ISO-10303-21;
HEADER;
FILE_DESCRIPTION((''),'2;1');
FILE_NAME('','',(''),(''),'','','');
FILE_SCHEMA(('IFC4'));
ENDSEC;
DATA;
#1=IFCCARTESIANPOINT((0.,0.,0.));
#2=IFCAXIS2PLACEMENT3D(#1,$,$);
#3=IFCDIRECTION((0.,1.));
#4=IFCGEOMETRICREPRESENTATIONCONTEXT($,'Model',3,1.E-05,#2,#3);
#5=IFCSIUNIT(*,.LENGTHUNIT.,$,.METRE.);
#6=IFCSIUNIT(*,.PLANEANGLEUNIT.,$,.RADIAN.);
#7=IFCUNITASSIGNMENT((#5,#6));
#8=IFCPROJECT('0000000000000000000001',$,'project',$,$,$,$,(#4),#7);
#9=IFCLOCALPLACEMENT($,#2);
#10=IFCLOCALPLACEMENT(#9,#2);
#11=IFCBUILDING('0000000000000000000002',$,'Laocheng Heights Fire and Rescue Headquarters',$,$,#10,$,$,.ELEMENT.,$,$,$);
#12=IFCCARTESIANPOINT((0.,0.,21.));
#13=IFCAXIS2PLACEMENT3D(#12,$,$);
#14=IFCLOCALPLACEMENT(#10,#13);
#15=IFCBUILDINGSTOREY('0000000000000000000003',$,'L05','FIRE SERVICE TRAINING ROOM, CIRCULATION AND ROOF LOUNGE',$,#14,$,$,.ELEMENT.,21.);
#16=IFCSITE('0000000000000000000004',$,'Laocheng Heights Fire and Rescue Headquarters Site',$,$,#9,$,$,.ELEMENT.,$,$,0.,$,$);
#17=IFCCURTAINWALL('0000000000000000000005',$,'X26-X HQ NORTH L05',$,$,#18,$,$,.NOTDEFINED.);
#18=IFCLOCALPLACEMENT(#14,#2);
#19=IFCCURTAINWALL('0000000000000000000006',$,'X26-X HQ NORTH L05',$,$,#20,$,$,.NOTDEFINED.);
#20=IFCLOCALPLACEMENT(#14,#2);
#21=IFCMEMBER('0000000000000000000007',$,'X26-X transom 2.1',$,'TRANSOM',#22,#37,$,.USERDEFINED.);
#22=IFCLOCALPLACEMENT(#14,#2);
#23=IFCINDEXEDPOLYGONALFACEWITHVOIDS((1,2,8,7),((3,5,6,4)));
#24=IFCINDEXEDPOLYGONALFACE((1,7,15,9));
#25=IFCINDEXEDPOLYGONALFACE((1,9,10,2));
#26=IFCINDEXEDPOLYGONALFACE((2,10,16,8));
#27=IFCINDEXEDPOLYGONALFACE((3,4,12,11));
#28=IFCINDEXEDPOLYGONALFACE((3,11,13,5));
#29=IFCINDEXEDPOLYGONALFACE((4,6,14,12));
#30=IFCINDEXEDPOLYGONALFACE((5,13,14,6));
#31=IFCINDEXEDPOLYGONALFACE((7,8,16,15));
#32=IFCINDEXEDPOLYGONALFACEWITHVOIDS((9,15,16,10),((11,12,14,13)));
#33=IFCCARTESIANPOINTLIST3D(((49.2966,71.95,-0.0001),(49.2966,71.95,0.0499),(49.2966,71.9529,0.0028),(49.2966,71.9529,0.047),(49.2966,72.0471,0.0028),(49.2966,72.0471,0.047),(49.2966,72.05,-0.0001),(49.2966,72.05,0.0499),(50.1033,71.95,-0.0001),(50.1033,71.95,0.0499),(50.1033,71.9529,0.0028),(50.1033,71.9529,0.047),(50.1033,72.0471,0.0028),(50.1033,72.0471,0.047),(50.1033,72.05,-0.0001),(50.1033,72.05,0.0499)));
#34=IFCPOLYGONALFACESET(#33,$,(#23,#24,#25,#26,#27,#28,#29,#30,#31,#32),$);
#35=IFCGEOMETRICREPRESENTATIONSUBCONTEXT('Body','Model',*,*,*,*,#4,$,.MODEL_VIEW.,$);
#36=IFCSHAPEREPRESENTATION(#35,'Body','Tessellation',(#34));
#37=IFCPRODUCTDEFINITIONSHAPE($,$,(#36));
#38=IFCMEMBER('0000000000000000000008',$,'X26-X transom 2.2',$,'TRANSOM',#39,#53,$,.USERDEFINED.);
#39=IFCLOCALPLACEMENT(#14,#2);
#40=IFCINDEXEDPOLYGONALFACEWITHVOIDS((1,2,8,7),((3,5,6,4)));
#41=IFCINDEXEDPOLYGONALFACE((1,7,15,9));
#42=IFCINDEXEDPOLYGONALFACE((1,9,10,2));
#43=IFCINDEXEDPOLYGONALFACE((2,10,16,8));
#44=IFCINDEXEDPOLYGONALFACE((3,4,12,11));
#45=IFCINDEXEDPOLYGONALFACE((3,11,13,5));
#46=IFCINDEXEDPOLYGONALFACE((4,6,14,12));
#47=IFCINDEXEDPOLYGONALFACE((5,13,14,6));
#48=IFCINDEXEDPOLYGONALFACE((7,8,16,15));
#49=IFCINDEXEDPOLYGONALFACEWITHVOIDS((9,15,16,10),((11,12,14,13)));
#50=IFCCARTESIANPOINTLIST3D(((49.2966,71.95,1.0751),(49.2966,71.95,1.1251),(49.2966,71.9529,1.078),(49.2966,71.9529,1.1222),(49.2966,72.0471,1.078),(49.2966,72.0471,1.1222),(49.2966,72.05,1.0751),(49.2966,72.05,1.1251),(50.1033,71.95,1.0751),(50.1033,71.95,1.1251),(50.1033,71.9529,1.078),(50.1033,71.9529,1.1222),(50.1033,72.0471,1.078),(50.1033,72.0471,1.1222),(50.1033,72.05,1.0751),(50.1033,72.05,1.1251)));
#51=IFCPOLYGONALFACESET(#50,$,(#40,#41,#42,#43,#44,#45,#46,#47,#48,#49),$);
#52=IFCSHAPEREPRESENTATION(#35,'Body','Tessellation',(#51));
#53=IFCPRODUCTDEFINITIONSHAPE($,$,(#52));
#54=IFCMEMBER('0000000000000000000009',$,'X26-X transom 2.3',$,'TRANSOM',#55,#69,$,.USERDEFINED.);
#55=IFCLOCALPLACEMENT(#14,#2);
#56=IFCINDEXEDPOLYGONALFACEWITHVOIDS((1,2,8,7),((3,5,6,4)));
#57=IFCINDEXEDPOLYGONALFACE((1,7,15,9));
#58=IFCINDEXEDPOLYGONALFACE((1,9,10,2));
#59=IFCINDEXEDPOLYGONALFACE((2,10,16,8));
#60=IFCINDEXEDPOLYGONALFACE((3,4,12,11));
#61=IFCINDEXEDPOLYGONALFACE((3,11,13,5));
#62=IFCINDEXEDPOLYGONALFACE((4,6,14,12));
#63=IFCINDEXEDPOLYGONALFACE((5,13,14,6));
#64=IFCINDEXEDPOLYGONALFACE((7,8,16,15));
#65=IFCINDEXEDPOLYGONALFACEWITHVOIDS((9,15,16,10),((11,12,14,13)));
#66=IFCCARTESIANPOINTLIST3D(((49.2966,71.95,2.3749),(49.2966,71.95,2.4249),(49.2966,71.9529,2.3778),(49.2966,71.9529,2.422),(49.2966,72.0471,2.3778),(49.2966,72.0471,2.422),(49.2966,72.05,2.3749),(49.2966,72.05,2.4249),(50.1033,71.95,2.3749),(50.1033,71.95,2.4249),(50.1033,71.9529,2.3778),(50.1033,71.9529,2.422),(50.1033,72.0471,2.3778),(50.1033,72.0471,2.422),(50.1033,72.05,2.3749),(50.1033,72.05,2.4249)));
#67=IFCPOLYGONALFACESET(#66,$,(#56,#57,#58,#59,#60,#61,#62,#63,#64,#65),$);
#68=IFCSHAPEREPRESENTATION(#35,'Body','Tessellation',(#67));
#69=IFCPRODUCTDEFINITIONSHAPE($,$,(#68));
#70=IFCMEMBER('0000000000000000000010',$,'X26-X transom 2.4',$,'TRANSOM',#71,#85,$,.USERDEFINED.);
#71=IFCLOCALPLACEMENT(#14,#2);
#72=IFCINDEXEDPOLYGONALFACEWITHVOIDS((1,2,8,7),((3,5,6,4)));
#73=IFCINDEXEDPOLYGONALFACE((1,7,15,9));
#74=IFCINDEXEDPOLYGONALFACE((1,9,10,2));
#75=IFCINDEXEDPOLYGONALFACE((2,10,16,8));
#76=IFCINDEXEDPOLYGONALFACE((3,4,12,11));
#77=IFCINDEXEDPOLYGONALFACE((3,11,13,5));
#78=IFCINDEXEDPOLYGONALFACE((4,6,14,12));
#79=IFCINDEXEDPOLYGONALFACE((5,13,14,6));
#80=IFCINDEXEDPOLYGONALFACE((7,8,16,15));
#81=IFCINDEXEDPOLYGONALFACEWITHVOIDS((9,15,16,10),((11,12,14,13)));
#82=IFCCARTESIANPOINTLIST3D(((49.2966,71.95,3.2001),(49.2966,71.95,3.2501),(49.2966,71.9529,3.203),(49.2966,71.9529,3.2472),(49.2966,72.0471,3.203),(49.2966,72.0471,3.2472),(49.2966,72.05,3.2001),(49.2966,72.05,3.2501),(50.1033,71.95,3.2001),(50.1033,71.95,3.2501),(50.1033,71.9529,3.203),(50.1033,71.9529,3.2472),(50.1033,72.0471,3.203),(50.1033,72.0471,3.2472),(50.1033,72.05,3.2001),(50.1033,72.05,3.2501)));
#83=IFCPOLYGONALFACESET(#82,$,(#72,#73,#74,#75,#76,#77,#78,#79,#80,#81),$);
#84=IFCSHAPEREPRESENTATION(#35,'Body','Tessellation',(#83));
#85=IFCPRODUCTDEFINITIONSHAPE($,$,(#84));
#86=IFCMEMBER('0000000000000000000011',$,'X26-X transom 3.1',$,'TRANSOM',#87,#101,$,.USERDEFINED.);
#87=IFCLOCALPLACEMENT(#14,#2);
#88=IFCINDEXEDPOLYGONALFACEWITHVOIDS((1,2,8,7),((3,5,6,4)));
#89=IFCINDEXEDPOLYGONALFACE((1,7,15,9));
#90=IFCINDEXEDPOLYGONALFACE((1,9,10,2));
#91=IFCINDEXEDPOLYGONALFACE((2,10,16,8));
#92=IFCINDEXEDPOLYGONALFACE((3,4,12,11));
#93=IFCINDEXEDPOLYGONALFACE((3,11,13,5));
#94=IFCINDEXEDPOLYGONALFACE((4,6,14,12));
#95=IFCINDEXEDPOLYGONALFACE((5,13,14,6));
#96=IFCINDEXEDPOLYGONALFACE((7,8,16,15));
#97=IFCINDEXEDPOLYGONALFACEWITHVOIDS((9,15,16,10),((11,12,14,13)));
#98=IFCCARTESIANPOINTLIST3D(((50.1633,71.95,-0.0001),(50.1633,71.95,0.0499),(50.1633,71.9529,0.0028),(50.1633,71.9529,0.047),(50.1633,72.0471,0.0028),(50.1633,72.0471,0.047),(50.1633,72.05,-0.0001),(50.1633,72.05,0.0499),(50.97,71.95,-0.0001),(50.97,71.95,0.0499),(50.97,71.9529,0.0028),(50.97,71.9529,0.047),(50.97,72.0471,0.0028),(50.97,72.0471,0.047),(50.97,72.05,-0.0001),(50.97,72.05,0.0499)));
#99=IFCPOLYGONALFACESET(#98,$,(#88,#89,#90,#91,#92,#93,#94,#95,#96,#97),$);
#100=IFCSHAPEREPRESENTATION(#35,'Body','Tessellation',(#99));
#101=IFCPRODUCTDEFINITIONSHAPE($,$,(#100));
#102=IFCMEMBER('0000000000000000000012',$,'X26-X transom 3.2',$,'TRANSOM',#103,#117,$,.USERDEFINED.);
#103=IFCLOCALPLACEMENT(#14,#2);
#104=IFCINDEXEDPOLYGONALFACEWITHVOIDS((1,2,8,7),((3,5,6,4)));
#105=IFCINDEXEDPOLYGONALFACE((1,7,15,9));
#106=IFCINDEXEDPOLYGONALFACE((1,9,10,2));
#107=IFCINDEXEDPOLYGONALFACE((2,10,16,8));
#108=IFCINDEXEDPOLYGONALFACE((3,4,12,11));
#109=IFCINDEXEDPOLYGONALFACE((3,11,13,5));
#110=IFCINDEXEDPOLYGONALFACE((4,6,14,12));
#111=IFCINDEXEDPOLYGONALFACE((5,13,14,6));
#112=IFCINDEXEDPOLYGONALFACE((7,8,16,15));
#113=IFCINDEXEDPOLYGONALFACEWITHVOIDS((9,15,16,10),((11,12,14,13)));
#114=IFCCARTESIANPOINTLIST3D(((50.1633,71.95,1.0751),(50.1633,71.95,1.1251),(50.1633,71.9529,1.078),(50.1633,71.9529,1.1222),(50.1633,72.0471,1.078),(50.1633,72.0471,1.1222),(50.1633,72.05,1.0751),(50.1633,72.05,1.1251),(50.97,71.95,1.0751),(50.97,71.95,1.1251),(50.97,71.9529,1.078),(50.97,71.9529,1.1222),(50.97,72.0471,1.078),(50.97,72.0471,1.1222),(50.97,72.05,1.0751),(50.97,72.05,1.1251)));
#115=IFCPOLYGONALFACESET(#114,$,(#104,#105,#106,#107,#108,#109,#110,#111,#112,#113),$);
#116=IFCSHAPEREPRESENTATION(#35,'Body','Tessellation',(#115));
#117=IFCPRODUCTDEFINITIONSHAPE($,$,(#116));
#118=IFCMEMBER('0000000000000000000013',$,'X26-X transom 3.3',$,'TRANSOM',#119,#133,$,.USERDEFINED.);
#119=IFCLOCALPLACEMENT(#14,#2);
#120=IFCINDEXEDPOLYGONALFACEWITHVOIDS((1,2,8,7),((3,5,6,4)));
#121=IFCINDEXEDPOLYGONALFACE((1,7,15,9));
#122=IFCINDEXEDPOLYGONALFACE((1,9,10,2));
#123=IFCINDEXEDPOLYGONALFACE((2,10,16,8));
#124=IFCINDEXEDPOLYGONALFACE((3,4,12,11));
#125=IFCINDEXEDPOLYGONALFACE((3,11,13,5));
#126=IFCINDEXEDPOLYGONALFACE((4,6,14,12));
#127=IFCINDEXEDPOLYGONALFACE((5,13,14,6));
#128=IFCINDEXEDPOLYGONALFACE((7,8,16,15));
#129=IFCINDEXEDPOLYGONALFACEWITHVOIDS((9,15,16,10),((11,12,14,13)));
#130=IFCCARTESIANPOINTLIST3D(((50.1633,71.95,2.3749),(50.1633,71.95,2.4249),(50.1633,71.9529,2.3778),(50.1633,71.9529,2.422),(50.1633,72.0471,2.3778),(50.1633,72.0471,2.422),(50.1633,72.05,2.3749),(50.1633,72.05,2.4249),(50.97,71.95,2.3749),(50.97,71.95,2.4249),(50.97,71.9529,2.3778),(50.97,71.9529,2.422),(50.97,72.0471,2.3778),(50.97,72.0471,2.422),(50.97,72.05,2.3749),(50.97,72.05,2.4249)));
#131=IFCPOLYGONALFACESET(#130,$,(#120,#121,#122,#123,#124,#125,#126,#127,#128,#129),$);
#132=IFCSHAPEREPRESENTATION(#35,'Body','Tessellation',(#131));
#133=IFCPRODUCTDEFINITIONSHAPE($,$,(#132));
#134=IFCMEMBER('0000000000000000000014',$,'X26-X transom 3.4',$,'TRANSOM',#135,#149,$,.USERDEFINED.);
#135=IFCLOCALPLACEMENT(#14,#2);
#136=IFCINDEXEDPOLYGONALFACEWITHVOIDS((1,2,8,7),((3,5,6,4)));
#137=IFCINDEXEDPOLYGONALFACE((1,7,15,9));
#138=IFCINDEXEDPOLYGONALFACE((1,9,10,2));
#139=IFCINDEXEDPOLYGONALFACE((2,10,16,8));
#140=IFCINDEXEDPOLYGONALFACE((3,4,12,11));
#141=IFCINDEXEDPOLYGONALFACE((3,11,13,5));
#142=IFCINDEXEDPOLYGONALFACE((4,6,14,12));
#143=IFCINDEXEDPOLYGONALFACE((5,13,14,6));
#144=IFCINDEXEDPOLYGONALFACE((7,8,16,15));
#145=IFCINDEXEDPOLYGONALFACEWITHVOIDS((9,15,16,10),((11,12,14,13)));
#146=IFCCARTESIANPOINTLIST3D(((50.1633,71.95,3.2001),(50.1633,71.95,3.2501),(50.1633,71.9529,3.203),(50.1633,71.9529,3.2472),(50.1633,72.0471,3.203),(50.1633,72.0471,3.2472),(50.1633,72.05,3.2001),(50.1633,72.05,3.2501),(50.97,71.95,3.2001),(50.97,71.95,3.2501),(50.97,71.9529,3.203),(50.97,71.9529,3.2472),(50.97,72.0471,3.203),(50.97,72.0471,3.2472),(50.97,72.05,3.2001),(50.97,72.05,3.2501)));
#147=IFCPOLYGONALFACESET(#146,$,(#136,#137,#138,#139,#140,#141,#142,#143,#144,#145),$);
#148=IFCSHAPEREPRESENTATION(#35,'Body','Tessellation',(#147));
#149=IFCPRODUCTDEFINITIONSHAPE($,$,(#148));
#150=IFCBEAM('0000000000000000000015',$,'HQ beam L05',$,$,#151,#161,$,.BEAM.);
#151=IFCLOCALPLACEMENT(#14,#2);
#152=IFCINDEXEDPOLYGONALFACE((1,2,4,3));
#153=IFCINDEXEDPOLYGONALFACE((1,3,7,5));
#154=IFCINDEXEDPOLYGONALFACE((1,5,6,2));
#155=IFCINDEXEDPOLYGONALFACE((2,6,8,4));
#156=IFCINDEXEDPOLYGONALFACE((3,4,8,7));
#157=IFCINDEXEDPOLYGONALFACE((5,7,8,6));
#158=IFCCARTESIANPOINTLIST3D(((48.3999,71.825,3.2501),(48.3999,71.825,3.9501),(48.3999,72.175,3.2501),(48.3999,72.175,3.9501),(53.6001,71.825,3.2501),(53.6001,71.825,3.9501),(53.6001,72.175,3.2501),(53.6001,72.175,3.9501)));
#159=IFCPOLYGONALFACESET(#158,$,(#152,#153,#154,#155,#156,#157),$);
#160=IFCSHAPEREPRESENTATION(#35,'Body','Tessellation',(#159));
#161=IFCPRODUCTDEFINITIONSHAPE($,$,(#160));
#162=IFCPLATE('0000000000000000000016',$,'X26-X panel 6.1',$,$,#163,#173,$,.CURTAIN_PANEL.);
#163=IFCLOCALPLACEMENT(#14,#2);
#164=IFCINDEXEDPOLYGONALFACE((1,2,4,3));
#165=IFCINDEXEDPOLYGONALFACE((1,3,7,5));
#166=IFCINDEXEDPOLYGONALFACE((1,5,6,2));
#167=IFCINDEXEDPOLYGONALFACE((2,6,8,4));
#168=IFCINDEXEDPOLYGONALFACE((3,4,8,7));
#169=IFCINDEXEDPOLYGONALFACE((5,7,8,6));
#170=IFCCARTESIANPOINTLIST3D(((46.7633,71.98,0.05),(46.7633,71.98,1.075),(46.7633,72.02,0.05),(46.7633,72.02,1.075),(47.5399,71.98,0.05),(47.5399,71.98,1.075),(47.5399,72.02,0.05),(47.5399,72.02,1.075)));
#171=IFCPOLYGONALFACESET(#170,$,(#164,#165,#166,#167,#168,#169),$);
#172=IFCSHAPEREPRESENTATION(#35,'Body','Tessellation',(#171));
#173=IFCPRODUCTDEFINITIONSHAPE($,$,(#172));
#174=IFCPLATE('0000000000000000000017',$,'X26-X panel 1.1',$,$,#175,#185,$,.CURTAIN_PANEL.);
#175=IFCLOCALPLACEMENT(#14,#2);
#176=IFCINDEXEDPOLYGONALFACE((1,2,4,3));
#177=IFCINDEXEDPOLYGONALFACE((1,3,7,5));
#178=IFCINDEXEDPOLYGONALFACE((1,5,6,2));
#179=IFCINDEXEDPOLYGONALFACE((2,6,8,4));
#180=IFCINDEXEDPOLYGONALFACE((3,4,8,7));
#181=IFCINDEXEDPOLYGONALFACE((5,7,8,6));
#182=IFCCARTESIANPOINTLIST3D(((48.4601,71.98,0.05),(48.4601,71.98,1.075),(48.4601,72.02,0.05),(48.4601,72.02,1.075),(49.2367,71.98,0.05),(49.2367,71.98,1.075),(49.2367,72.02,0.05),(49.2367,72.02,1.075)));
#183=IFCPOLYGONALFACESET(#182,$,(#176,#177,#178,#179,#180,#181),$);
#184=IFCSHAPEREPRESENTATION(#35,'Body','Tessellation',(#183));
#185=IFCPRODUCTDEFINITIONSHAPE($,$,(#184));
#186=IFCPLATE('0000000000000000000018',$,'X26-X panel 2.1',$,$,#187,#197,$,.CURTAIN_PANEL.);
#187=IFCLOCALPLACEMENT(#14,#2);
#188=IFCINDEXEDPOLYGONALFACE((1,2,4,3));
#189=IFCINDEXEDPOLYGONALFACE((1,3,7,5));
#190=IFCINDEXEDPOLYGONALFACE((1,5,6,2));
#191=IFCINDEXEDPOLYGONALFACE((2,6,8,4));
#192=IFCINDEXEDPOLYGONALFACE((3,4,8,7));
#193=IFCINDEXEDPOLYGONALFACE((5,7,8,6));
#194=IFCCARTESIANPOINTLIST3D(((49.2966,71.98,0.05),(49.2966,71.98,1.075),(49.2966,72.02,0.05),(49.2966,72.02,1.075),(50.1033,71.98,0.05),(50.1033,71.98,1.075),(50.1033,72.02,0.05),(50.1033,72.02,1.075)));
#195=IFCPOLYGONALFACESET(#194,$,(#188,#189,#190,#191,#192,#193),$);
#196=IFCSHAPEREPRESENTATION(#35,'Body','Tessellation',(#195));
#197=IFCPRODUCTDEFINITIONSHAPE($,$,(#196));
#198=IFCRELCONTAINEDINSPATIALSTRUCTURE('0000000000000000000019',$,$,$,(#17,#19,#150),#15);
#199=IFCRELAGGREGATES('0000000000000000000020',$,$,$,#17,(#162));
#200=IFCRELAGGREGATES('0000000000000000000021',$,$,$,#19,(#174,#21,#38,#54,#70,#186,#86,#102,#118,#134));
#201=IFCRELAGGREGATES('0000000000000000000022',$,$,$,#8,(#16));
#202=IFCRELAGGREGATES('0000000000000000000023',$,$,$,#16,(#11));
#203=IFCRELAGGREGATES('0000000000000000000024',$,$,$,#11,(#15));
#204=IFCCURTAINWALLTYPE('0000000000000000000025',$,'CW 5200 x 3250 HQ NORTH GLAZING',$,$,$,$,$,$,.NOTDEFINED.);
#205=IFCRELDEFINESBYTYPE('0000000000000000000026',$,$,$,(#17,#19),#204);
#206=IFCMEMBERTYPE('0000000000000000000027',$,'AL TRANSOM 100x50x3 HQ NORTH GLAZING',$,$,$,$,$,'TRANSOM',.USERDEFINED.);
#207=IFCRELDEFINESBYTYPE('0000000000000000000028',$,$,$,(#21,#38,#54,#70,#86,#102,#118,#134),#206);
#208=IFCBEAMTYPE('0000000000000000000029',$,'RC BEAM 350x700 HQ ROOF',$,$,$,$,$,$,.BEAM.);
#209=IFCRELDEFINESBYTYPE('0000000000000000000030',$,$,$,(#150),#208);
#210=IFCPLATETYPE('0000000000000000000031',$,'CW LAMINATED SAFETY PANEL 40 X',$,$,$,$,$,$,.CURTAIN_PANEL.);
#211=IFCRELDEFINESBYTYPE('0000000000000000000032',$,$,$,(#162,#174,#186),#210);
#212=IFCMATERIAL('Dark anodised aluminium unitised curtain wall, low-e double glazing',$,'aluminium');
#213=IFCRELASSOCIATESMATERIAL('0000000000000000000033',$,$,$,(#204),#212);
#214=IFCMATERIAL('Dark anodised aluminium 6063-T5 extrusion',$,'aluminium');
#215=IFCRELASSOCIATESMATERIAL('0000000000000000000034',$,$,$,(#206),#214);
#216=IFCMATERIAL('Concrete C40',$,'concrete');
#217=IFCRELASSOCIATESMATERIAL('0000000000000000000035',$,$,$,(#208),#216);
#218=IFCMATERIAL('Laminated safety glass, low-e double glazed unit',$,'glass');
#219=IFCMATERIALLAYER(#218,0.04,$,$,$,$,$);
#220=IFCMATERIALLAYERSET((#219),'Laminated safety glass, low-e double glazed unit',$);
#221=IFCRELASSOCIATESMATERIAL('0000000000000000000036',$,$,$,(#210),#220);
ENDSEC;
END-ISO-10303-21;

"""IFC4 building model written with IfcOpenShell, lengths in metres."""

from ifc_helpers import new_model, si_unit, direction, frame, origin, origin_2d, place, context, subcontext, project, spatial, rectangle, hollow_rectangle, extrude, material, layer, layer_set, material_profile, profile_set, type_object, element, aggregate, save


model = new_model("IFC4")

# Units and contexts
model_context = context("Model", 3, precision=1e-05, world=origin(), true_north=direction((0.0, 1.0)))
body_context = subcontext(model_context, "Body", "Model", "MODEL_VIEW")
ifc_project = project(units=[si_unit("LENGTHUNIT", "METRE"), si_unit("PLANEANGLEUNIT", "RADIAN")], contexts=[model_context])

# Site, building, storey
site_placement = place(None, origin())
site = spatial("IfcSite", under=ifc_project, at=site_placement, Name="Laocheng Heights Fire and Rescue Headquarters Site", CompositionType="ELEMENT", RefElevation=0.0)
building_placement = place(site_placement, origin())
building = spatial("IfcBuilding", under=site, at=building_placement, Name="Laocheng Heights Fire and Rescue Headquarters", CompositionType="ELEMENT")
storey_placement = place(building_placement, frame((0.0, 0.0, 21.0)))
storey = spatial("IfcBuildingStorey", under=building, at=storey_placement, Name="L05", Description="FIRE SERVICE TRAINING ROOM, CIRCULATION AND ROOF LOUNGE", CompositionType="ELEMENT", Elevation=21.0)

# Curtain wall
ifc_material_1 = material(Name="Dark anodised aluminium unitised curtain wall, low-e double glazing", Category="aluminium")
curtain_wall_type = type_object("IfcCurtainWallType", Name="CW 5200 x 3250 HQ NORTH GLAZING", PredefinedType="NOTDEFINED", material=ifc_material_1)
curtain_wall_1_placement = place(storey_placement, origin())
curtain_wall_1 = element("IfcCurtainWall", 1, at=curtain_wall_1_placement, inside=storey, type_object=curtain_wall_type, Name="X26-X HQ NORTH L05", PredefinedType="NOTDEFINED")

# Curtain wall
curtain_wall_2_placement = place(storey_placement, origin())
curtain_wall_2 = element("IfcCurtainWall", 2, at=curtain_wall_2_placement, inside=storey, type_object=curtain_wall_type, Name="X26-X HQ NORTH L05", PredefinedType="NOTDEFINED")

# Members
ifc_material_2 = material(Name="Dark anodised aluminium 6063-T5 extrusion", Category="aluminium")
ifc_material_profile_1 = material_profile(ifc_material_2, hollow_rectangle(XDim=0.1001, YDim=0.05, WallThickness=0.0029, at=origin_2d()), Name="AL TRANSOM 100x50x3 HQ NORTH GLAZING")
ifc_profile_set_1 = profile_set([ifc_material_profile_1], Name="Dark anodised aluminium 6063-T5 extrusion")
member_type_1 = type_object("IfcMemberType", Name="AL TRANSOM 100x50x3 HQ NORTH GLAZING", ElementType="TRANSOM", PredefinedType="USERDEFINED", material=ifc_profile_set_1)
member_1_placement = place(storey_placement, frame((49.2966, 72.0, 0.0249), z_axis=(1.0, 0.0, 0.0), x_axis=(0.0, 1.0, 0.0)))
member_1 = element("IfcMember", 3, at=member_1_placement, type_object=member_type_1, Name="X26-X transom 2.1", ObjectType="TRANSOM", PredefinedType="USERDEFINED", context=body_context, shape_type="SweptSolid", body=[
    extrude(hollow_rectangle(XDim=0.1001, YDim=0.05, WallThickness=0.0029, at=origin_2d()), origin(), (0.0, 0.0, 1.0), 0.8066),
])
member_2_placement = place(storey_placement, frame((49.2966, 72.0, 1.1001), z_axis=(1.0, 0.0, 0.0), x_axis=(0.0, 1.0, 0.0)))
member_2 = element("IfcMember", 4, at=member_2_placement, type_object=member_type_1, Name="X26-X transom 2.2", ObjectType="TRANSOM", PredefinedType="USERDEFINED", context=body_context, shape_type="SweptSolid", body=[
    extrude(hollow_rectangle(XDim=0.1001, YDim=0.05, WallThickness=0.0029, at=origin_2d()), origin(), (0.0, 0.0, 1.0), 0.8066),
])
member_3_placement = place(storey_placement, frame((49.2966, 72.0, 2.3999), z_axis=(1.0, 0.0, 0.0), x_axis=(0.0, 1.0, 0.0)))
member_3 = element("IfcMember", 5, at=member_3_placement, type_object=member_type_1, Name="X26-X transom 2.3", ObjectType="TRANSOM", PredefinedType="USERDEFINED", context=body_context, shape_type="SweptSolid", body=[
    extrude(hollow_rectangle(XDim=0.1001, YDim=0.05, WallThickness=0.0029, at=origin_2d()), origin(), (0.0, 0.0, 1.0), 0.8066),
])
member_4_placement = place(storey_placement, frame((49.2966, 72.0, 3.2251), z_axis=(1.0, 0.0, 0.0), x_axis=(0.0, 1.0, 0.0)))
member_4 = element("IfcMember", 6, at=member_4_placement, type_object=member_type_1, Name="X26-X transom 2.4", ObjectType="TRANSOM", PredefinedType="USERDEFINED", context=body_context, shape_type="SweptSolid", body=[
    extrude(hollow_rectangle(XDim=0.1001, YDim=0.05, WallThickness=0.0029, at=origin_2d()), origin(), (0.0, 0.0, 1.0), 0.8066),
])
member_5_placement = place(storey_placement, frame((50.1633, 72.0, 0.0249), z_axis=(1.0, 0.0, 0.0), x_axis=(0.0, 1.0, 0.0)))
member_5 = element("IfcMember", 7, at=member_5_placement, type_object=member_type_1, Name="X26-X transom 3.1", ObjectType="TRANSOM", PredefinedType="USERDEFINED", context=body_context, shape_type="SweptSolid", body=[
    extrude(hollow_rectangle(XDim=0.1001, YDim=0.05, WallThickness=0.0029, at=origin_2d()), origin(), (0.0, 0.0, 1.0), 0.8066),
])
member_6_placement = place(storey_placement, frame((50.1633, 72.0, 1.1001), z_axis=(1.0, 0.0, 0.0), x_axis=(0.0, 1.0, 0.0)))
member_6 = element("IfcMember", 8, at=member_6_placement, type_object=member_type_1, Name="X26-X transom 3.2", ObjectType="TRANSOM", PredefinedType="USERDEFINED", context=body_context, shape_type="SweptSolid", body=[
    extrude(hollow_rectangle(XDim=0.1001, YDim=0.05, WallThickness=0.0029, at=origin_2d()), origin(), (0.0, 0.0, 1.0), 0.8066),
])
member_7_placement = place(storey_placement, frame((50.1633, 72.0, 2.3999), z_axis=(1.0, 0.0, 0.0), x_axis=(0.0, 1.0, 0.0)))
member_7 = element("IfcMember", 9, at=member_7_placement, type_object=member_type_1, Name="X26-X transom 3.3", ObjectType="TRANSOM", PredefinedType="USERDEFINED", context=body_context, shape_type="SweptSolid", body=[
    extrude(hollow_rectangle(XDim=0.1001, YDim=0.05, WallThickness=0.0029, at=origin_2d()), origin(), (0.0, 0.0, 1.0), 0.8066),
])
member_8_placement = place(storey_placement, frame((50.1633, 72.0, 3.2251), z_axis=(1.0, 0.0, 0.0), x_axis=(0.0, 1.0, 0.0)))
member_8 = element("IfcMember", 10, at=member_8_placement, type_object=member_type_1, Name="X26-X transom 3.4", ObjectType="TRANSOM", PredefinedType="USERDEFINED", context=body_context, shape_type="SweptSolid", body=[
    extrude(hollow_rectangle(XDim=0.1001, YDim=0.05, WallThickness=0.0029, at=origin_2d()), origin(), (0.0, 0.0, 1.0), 0.8066),
])

# Beam
ifc_material_3 = material(Name="Concrete C40", Category="concrete")
ifc_material_profile_2 = material_profile(ifc_material_3, rectangle(XDim=0.3501, YDim=0.7, at=origin_2d()), Name="RC BEAM 350x700 HQ ROOF")
ifc_profile_set_2 = profile_set([ifc_material_profile_2], Name="Concrete C40")
beam_type = type_object("IfcBeamType", Name="RC BEAM 350x700 HQ ROOF", PredefinedType="BEAM", material=ifc_profile_set_2)
beam_placement = place(storey_placement, frame((48.3999, 72.0, 3.6001), z_axis=(1.0, 0.0, 0.0), x_axis=(0.0, 1.0, 0.0)))
element("IfcBeam", 11, at=beam_placement, inside=storey, type_object=beam_type, Name="HQ beam L05", PredefinedType="BEAM", context=body_context, shape_type="SweptSolid", body=[
    extrude(rectangle(XDim=0.3501, YDim=0.7, at=origin_2d()), origin(), (0.0, 0.0, 1.0), 5.2002),
])

# Plates
ifc_material_4 = material(Name="Laminated safety glass, low-e double glazed unit", Category="glass")
ifc_layer_1 = layer(ifc_material_4, 0.04)
ifc_layer_set_1 = layer_set([ifc_layer_1], Name="Laminated safety glass, low-e double glazed unit")
plate_type_1 = type_object("IfcPlateType", Name="CW LAMINATED SAFETY PANEL 40 X", PredefinedType="CURTAIN_PANEL", material=ifc_layer_set_1)
plate_1_placement = place(storey_placement, frame((47.1516, 72.0, 0.05), z_axis=(0.0, 0.0, 1.0), x_axis=(1.0, 0.0, 0.0)))
plate_1 = element("IfcPlate", 12, at=plate_1_placement, type_object=plate_type_1, Name="X26-X panel 6.1", PredefinedType="CURTAIN_PANEL", context=body_context, shape_type="SweptSolid", body=[
    extrude(rectangle(XDim=0.7766, YDim=0.04, at=origin_2d()), origin(), (0.0, 0.0, 1.0), 1.0249),
])
plate_2_placement = place(storey_placement, frame((48.8484, 72.0, 0.05), z_axis=(0.0, 0.0, 1.0), x_axis=(1.0, 0.0, 0.0)))
plate_2 = element("IfcPlate", 13, at=plate_2_placement, type_object=plate_type_1, Name="X26-X panel 1.1", PredefinedType="CURTAIN_PANEL", context=body_context, shape_type="SweptSolid", body=[
    extrude(rectangle(XDim=0.7766, YDim=0.04, at=origin_2d()), origin(), (0.0, 0.0, 1.0), 1.0249),
])
plate_3_placement = place(storey_placement, frame((49.7, 72.0, 0.05), z_axis=(0.0, 0.0, 1.0), x_axis=(1.0, 0.0, 0.0)))
plate_3 = element("IfcPlate", 14, at=plate_3_placement, type_object=plate_type_1, Name="X26-X panel 2.1", PredefinedType="CURTAIN_PANEL", context=body_context, shape_type="SweptSolid", body=[
    extrude(rectangle(XDim=0.8066, YDim=0.04, at=origin_2d()), origin(), (0.0, 0.0, 1.0), 1.0249),
])
aggregate(curtain_wall_1, [plate_1])
aggregate(curtain_wall_2, [plate_2, member_1, member_2, member_3, member_4, plate_3, member_5, member_6, member_7, member_8])

save(model, "model.ifc")
